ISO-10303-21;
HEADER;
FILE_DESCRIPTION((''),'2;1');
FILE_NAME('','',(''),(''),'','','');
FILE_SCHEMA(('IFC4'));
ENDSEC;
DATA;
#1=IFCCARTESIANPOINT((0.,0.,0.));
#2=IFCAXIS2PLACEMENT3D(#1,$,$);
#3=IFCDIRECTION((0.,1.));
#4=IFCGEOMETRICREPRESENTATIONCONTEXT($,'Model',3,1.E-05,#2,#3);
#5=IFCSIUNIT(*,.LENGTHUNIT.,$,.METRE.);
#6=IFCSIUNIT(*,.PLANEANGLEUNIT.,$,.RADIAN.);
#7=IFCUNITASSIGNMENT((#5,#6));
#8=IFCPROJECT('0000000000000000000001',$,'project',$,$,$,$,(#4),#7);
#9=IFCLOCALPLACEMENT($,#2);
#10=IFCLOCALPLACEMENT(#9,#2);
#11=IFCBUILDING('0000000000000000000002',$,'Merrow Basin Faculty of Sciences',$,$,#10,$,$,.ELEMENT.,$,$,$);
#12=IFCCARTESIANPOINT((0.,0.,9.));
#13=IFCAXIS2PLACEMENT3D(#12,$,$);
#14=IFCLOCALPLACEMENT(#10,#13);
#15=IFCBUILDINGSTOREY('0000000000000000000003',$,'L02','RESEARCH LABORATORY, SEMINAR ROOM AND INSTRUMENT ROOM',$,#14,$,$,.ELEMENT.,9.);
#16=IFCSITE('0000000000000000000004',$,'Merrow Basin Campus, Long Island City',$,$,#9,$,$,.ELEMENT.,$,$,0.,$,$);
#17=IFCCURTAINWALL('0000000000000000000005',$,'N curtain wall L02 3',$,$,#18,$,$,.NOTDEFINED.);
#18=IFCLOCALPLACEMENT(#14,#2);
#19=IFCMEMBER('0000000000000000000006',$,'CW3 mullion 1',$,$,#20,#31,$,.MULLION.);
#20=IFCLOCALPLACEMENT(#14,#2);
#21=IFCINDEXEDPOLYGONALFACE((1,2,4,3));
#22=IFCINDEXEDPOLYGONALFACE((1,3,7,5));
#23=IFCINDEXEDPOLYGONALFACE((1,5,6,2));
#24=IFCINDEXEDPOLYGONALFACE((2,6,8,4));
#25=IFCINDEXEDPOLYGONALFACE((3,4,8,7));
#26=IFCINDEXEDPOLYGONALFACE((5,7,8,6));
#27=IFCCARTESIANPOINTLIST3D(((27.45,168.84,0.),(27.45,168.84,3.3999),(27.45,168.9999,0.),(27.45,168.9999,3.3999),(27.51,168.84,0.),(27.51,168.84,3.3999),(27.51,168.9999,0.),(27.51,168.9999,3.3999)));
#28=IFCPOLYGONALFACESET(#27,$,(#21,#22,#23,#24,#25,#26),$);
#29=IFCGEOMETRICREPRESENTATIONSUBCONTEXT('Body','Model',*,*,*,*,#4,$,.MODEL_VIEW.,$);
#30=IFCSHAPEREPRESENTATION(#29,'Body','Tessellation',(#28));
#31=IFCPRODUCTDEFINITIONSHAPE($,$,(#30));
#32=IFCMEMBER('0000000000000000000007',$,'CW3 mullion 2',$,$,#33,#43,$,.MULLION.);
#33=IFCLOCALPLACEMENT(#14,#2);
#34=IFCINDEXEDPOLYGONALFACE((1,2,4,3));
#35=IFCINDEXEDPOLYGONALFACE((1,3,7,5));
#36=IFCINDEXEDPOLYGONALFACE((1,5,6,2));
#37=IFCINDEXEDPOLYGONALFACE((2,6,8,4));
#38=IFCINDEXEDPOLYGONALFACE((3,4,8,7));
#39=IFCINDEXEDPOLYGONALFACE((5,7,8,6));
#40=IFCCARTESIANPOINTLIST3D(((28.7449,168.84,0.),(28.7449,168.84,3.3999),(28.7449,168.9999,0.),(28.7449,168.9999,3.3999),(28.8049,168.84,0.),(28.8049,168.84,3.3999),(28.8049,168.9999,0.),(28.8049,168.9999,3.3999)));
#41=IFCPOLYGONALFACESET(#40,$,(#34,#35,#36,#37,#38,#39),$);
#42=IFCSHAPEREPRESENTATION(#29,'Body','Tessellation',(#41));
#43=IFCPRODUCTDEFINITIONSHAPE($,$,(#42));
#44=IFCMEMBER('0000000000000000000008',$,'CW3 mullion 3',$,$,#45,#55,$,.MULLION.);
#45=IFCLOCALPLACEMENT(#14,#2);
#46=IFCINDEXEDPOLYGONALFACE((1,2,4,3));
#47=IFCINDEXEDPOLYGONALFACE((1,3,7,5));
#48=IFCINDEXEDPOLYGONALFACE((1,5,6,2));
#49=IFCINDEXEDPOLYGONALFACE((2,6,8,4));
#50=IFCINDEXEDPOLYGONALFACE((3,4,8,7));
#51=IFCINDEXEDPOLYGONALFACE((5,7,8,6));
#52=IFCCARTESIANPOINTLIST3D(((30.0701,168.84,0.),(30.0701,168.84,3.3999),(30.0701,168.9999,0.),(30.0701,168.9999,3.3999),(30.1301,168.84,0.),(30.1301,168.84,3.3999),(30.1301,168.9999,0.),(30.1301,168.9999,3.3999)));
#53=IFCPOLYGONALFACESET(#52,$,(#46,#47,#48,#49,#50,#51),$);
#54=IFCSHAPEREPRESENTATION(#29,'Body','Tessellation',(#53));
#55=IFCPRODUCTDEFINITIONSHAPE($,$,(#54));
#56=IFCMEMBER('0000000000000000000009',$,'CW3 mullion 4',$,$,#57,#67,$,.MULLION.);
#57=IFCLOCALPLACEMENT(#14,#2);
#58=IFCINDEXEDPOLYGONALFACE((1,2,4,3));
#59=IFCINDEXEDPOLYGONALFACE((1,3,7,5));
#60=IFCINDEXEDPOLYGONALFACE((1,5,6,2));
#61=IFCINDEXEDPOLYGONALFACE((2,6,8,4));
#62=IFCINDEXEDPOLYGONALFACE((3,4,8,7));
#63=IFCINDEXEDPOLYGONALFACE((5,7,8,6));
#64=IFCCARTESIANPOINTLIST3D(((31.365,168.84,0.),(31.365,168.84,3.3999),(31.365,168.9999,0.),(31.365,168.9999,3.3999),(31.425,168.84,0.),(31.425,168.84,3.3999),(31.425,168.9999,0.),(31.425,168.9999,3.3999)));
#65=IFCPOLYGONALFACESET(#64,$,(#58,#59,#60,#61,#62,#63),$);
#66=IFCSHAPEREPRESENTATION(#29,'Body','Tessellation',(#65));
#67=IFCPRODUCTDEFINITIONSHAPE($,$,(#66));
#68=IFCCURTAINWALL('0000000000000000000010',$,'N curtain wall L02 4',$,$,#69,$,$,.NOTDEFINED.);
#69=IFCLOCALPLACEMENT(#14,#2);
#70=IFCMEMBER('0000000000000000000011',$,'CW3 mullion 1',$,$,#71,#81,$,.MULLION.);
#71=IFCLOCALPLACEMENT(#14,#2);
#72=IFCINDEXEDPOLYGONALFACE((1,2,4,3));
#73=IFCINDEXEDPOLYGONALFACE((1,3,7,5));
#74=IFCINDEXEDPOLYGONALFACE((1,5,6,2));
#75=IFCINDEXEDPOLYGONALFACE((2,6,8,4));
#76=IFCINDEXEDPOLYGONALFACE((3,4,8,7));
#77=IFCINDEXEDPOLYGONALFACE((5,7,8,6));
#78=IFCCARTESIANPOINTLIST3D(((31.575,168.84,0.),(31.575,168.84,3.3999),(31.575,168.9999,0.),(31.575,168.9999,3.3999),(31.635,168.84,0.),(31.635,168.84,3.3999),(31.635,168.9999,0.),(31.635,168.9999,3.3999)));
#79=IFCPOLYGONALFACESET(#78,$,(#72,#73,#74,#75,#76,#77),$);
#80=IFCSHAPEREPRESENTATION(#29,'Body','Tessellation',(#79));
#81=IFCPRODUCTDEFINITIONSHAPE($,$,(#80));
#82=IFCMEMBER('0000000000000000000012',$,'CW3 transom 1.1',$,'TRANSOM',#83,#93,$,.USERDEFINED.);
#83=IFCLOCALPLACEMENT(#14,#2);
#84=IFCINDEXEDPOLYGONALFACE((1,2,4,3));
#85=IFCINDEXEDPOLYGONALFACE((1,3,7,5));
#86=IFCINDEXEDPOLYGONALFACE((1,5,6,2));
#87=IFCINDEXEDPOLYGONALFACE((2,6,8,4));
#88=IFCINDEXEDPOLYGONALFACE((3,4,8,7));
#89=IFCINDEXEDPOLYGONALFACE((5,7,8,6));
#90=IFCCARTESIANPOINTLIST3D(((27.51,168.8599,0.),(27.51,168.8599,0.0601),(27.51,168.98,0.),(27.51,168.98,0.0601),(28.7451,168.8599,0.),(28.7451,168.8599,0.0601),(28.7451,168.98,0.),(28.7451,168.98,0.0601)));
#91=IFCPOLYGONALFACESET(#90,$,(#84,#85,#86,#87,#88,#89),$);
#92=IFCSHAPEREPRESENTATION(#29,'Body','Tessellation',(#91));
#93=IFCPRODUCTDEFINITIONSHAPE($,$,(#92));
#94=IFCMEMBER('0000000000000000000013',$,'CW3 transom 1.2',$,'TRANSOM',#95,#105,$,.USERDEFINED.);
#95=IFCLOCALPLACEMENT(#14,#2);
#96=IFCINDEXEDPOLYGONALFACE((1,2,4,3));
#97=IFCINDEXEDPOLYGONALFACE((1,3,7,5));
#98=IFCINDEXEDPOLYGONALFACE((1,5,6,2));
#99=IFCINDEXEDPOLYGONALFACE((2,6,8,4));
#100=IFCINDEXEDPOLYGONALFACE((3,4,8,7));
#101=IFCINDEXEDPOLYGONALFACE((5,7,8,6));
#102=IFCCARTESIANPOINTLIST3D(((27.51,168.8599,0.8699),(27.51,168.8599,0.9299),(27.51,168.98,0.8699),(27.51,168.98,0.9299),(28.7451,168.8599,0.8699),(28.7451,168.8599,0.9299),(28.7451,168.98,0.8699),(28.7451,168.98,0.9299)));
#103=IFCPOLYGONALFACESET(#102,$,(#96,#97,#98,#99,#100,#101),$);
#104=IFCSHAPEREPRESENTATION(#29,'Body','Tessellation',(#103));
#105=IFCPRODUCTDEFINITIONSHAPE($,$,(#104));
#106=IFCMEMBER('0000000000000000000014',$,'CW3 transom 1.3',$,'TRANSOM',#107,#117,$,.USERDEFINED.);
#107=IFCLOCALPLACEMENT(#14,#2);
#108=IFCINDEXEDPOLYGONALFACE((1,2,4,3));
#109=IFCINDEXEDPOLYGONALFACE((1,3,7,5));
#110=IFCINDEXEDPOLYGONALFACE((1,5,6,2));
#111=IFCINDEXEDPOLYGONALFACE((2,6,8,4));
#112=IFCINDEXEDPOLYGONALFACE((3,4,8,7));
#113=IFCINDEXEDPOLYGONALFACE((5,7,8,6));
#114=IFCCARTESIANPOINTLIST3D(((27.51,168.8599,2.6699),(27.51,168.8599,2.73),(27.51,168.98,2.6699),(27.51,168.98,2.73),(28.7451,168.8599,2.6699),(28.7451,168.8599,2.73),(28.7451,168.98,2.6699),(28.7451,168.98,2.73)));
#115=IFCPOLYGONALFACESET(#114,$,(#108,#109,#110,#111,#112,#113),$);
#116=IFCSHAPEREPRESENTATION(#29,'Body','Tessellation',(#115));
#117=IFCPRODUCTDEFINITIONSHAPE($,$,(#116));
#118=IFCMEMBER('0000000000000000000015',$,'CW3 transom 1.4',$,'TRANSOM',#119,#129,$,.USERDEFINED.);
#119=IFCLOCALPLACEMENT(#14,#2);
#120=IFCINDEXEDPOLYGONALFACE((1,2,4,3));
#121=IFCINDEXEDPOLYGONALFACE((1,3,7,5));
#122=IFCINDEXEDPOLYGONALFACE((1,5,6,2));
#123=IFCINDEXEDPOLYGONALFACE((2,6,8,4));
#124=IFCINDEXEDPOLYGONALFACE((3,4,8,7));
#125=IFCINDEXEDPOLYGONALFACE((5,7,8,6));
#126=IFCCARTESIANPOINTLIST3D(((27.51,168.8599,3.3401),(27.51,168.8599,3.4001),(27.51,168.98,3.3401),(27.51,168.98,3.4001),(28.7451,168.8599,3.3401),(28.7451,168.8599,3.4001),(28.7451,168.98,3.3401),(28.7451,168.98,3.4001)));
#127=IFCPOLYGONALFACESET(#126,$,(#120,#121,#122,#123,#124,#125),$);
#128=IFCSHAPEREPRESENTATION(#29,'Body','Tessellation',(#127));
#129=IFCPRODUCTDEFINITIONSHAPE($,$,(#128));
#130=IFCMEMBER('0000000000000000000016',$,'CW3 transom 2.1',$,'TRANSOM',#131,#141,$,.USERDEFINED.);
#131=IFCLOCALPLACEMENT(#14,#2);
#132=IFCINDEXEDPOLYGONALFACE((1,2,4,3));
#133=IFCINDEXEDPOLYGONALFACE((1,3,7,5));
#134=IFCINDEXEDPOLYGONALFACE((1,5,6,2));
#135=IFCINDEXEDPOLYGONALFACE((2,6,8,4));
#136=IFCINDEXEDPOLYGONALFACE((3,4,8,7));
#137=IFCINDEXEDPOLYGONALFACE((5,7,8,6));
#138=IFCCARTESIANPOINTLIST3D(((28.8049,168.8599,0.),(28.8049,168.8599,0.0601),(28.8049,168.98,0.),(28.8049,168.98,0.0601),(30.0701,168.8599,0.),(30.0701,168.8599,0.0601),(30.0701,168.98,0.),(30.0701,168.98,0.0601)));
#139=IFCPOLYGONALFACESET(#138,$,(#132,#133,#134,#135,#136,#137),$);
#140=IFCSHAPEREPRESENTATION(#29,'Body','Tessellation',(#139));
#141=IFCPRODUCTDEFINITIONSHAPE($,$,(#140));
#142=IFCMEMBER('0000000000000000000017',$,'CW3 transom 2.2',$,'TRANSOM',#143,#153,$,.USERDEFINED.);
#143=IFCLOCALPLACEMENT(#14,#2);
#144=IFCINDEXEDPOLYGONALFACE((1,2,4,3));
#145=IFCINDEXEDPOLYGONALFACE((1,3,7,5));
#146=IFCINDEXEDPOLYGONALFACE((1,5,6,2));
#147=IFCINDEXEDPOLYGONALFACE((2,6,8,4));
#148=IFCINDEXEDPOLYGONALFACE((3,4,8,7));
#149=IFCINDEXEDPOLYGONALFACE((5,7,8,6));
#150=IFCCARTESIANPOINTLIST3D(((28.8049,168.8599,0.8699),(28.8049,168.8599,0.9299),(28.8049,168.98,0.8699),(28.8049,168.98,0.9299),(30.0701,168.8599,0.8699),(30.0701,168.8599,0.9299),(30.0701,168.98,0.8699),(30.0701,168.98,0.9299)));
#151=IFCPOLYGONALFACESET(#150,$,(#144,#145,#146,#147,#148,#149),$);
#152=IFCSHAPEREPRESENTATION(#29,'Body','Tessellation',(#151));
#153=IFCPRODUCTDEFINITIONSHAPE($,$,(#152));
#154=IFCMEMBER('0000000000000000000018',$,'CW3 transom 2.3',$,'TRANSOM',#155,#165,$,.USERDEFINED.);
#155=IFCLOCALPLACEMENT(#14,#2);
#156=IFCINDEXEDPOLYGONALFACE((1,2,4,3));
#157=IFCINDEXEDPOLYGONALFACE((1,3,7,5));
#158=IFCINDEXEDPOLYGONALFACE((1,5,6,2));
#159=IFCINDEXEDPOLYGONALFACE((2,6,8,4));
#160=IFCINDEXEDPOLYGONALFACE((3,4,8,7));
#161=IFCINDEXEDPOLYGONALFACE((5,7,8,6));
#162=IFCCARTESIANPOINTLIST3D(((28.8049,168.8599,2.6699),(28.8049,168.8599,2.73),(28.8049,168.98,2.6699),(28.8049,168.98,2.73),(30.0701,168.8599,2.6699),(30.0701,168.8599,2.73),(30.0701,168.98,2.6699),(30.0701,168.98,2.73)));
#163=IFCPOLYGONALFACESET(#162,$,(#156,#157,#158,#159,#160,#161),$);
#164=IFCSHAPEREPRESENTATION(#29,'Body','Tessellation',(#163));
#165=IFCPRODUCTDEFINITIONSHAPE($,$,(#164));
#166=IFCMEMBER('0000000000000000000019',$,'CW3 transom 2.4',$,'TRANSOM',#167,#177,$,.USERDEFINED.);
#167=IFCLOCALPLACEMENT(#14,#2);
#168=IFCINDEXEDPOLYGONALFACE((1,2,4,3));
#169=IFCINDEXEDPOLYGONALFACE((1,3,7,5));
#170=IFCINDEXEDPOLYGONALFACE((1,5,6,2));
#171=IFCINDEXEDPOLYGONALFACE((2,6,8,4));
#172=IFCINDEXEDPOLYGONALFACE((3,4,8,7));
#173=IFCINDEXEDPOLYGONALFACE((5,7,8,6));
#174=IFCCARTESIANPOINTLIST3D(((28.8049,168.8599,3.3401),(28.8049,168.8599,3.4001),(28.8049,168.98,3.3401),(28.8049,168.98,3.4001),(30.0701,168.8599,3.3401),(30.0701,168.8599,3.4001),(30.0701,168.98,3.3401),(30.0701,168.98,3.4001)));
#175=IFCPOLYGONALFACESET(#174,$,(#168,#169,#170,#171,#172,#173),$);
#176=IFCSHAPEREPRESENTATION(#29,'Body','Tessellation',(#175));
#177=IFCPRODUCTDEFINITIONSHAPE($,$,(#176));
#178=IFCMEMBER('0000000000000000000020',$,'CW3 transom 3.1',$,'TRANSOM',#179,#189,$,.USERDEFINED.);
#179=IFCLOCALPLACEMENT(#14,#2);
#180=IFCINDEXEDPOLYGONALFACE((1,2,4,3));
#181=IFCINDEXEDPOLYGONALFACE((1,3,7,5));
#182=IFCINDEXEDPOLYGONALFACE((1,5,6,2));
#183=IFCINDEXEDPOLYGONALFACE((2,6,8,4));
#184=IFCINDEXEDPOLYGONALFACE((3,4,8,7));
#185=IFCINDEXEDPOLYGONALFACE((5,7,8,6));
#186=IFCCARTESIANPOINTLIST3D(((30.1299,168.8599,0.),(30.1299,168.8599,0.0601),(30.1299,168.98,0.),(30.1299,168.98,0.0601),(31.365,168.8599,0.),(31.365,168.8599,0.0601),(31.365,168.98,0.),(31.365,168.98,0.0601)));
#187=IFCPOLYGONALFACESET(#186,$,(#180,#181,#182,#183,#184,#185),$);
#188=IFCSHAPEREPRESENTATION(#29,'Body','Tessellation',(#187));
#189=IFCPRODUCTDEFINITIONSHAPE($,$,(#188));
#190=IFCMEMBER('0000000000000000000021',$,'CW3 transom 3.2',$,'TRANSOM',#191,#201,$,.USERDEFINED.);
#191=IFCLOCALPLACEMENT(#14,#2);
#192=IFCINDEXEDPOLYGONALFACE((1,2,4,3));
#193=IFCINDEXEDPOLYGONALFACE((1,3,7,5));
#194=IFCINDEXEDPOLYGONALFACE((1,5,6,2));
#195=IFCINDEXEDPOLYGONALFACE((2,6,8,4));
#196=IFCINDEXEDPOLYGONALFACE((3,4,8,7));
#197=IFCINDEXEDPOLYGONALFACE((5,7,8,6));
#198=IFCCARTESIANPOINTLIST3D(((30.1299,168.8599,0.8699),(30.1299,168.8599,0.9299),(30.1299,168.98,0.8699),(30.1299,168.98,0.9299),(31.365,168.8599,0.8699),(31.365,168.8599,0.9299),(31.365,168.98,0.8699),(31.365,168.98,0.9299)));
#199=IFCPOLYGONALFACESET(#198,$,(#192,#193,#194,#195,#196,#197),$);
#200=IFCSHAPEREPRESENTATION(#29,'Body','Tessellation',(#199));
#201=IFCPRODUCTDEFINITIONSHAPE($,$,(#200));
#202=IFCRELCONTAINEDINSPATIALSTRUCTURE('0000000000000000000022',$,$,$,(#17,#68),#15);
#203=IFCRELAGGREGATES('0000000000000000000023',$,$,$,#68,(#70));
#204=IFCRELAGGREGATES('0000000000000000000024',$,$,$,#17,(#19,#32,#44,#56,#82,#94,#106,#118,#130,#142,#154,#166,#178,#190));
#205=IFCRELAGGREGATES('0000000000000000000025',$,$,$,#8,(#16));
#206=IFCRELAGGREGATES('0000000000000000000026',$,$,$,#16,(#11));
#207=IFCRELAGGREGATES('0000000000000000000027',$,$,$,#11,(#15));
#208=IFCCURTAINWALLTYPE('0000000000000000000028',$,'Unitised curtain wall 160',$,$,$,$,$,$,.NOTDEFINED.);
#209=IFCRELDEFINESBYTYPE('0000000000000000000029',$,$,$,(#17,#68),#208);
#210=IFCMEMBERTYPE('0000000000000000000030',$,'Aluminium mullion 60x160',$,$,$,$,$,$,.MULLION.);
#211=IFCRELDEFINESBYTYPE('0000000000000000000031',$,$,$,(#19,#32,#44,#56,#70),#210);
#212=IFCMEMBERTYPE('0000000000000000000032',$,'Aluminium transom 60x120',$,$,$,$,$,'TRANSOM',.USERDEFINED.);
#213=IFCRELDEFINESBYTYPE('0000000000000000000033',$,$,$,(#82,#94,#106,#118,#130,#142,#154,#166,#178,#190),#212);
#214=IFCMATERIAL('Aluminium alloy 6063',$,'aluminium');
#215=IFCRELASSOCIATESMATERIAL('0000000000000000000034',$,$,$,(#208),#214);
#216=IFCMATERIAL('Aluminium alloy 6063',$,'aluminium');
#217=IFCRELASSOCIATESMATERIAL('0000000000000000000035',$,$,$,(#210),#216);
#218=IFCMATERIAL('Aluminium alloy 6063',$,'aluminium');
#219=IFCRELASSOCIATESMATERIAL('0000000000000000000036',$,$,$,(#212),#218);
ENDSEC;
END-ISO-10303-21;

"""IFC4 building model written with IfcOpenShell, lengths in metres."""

from ifc_helpers import new_model, si_unit, direction, frame, origin, origin_2d, place, context, subcontext, project, spatial, rectangle, extrude, material, material_profile, profile_set, type_object, element, aggregate, save


model = new_model("IFC4")

# Units and contexts
model_context = context("Model", 3, precision=1e-05, world=origin(), true_north=direction((0.0, 1.0)))
body_context = subcontext(model_context, "Body", "Model", "MODEL_VIEW")
ifc_project = project(units=[si_unit("LENGTHUNIT", "METRE"), si_unit("PLANEANGLEUNIT", "RADIAN")], contexts=[model_context])

# Site, building, storey
site_placement = place(None, origin())
site = spatial("IfcSite", under=ifc_project, at=site_placement, Name="Merrow Basin Campus, Long Island City", CompositionType="ELEMENT", RefElevation=0.0)
building_placement = place(site_placement, origin())
building = spatial("IfcBuilding", under=site, at=building_placement, Name="Merrow Basin Faculty of Sciences", CompositionType="ELEMENT")
storey_placement = place(building_placement, frame((0.0, 0.0, 9.0)))
storey = spatial("IfcBuildingStorey", under=building, at=storey_placement, Name="L02", Description="RESEARCH LABORATORY, SEMINAR ROOM AND INSTRUMENT ROOM", CompositionType="ELEMENT", Elevation=9.0)

# Curtain wall, members
ifc_material_1 = material(Name="Aluminium alloy 6063", Category="aluminium")
curtain_wall_type = type_object("IfcCurtainWallType", Name="Unitised curtain wall 160", PredefinedType="NOTDEFINED", material=ifc_material_1)
curtain_wall_1_placement = place(storey_placement, origin())
curtain_wall_1 = element("IfcCurtainWall", 1, at=curtain_wall_1_placement, inside=storey, type_object=curtain_wall_type, Name="N curtain wall L02 3", PredefinedType="NOTDEFINED")
ifc_material_2 = material(Name="Aluminium alloy 6063", Category="aluminium")
ifc_material_profile_1 = material_profile(ifc_material_2, rectangle(XDim=0.1599, YDim=0.0601, at=origin_2d()))
ifc_profile_set_1 = profile_set([ifc_material_profile_1], Name="Aluminium alloy 6063")
member_type_1 = type_object("IfcMemberType", Name="Aluminium mullion 60x160", PredefinedType="MULLION", material=ifc_profile_set_1)
member_1_placement = place(storey_placement, frame((27.48, 168.9199, 0.0), z_axis=(0.0, 0.0, 1.0), x_axis=(0.0, 1.0, 0.0)))
member_1 = element("IfcMember", 2, at=member_1_placement, type_object=member_type_1, Name="CW3 mullion 1", PredefinedType="MULLION", context=body_context, shape_type="SweptSolid", body=[
    extrude(rectangle(XDim=0.1599, YDim=0.0601, at=origin_2d()), origin(), (0.0, 0.0, 1.0), 3.3999),
])
member_2_placement = place(storey_placement, frame((28.7749, 168.9199, 0.0), z_axis=(0.0, 0.0, 1.0), x_axis=(0.0, 1.0, 0.0)))
member_2 = element("IfcMember", 3, at=member_2_placement, type_object=member_type_1, Name="CW3 mullion 2", PredefinedType="MULLION", context=body_context, shape_type="SweptSolid", body=[
    extrude(rectangle(XDim=0.1599, YDim=0.0601, at=origin_2d()), origin(), (0.0, 0.0, 1.0), 3.3999),
])
member_3_placement = place(storey_placement, frame((30.1001, 168.9199, 0.0), z_axis=(0.0, 0.0, 1.0), x_axis=(0.0, 1.0, 0.0)))
member_3 = element("IfcMember", 4, at=member_3_placement, type_object=member_type_1, Name="CW3 mullion 3", PredefinedType="MULLION", context=body_context, shape_type="SweptSolid", body=[
    extrude(rectangle(XDim=0.1599, YDim=0.0601, at=origin_2d()), origin(), (0.0, 0.0, 1.0), 3.3999),
])
member_4_placement = place(storey_placement, frame((31.395, 168.9199, 0.0), z_axis=(0.0, 0.0, 1.0), x_axis=(0.0, 1.0, 0.0)))
member_4 = element("IfcMember", 5, at=member_4_placement, type_object=member_type_1, Name="CW3 mullion 4", PredefinedType="MULLION", context=body_context, shape_type="SweptSolid", body=[
    extrude(rectangle(XDim=0.1599, YDim=0.0601, at=origin_2d()), origin(), (0.0, 0.0, 1.0), 3.3999),
])

# Curtain wall, member
curtain_wall_2_placement = place(storey_placement, origin())
curtain_wall_2 = element("IfcCurtainWall", 6, at=curtain_wall_2_placement, inside=storey, type_object=curtain_wall_type, Name="N curtain wall L02 4", PredefinedType="NOTDEFINED")
member_5_placement = place(storey_placement, frame((31.605, 168.9199, 0.0), z_axis=(0.0, 0.0, 1.0), x_axis=(0.0, 1.0, 0.0)))
member_5 = element("IfcMember", 7, at=member_5_placement, type_object=member_type_1, Name="CW3 mullion 1", PredefinedType="MULLION", context=body_context, shape_type="SweptSolid", body=[
    extrude(rectangle(XDim=0.1599, YDim=0.0601, at=origin_2d()), origin(), (0.0, 0.0, 1.0), 3.3999),
])
aggregate(curtain_wall_2, [member_5])

# Members
ifc_material_3 = material(Name="Aluminium alloy 6063", Category="aluminium")
ifc_material_profile_2 = material_profile(ifc_material_3, rectangle(XDim=0.1201, YDim=0.0601, at=origin_2d()))
ifc_profile_set_2 = profile_set([ifc_material_profile_2], Name="Aluminium alloy 6063")
member_type_2 = type_object("IfcMemberType", Name="Aluminium transom 60x120", ElementType="TRANSOM", PredefinedType="USERDEFINED", material=ifc_profile_set_2)
member_6_placement = place(storey_placement, frame((27.51, 168.9199, 0.03), z_axis=(1.0, 0.0, 0.0), x_axis=(0.0, 1.0, 0.0)))
member_6 = element("IfcMember", 8, at=member_6_placement, type_object=member_type_2, Name="CW3 transom 1.1", ObjectType="TRANSOM", PredefinedType="USERDEFINED", context=body_context, shape_type="SweptSolid", body=[
    extrude(rectangle(XDim=0.1201, YDim=0.0601, at=origin_2d()), origin(), (0.0, 0.0, 1.0), 1.2351),
])
member_7_placement = place(storey_placement, frame((27.51, 168.9199, 0.8999), z_axis=(1.0, 0.0, 0.0), x_axis=(0.0, 1.0, 0.0)))
member_7 = element("IfcMember", 9, at=member_7_placement, type_object=member_type_2, Name="CW3 transom 1.2", ObjectType="TRANSOM", PredefinedType="USERDEFINED", context=body_context, shape_type="SweptSolid", body=[
    extrude(rectangle(XDim=0.1201, YDim=0.0601, at=origin_2d()), origin(), (0.0, 0.0, 1.0), 1.2351),
])
member_8_placement = place(storey_placement, frame((27.51, 168.9199, 2.7), z_axis=(1.0, 0.0, 0.0), x_axis=(0.0, 1.0, 0.0)))
member_8 = element("IfcMember", 10, at=member_8_placement, type_object=member_type_2, Name="CW3 transom 1.3", ObjectType="TRANSOM", PredefinedType="USERDEFINED", context=body_context, shape_type="SweptSolid", body=[
    extrude(rectangle(XDim=0.1201, YDim=0.0601, at=origin_2d()), origin(), (0.0, 0.0, 1.0), 1.2351),
])
member_9_placement = place(storey_placement, frame((27.51, 168.9199, 3.3701), z_axis=(1.0, 0.0, 0.0), x_axis=(0.0, 1.0, 0.0)))
member_9 = element("IfcMember", 11, at=member_9_placement, type_object=member_type_2, Name="CW3 transom 1.4", ObjectType="TRANSOM", PredefinedType="USERDEFINED", context=body_context, shape_type="SweptSolid", body=[
    extrude(rectangle(XDim=0.1201, YDim=0.0601, at=origin_2d()), origin(), (0.0, 0.0, 1.0), 1.2351),
])
member_10_placement = place(storey_placement, frame((28.8049, 168.9199, 0.03), z_axis=(1.0, 0.0, 0.0), x_axis=(0.0, 1.0, 0.0)))
member_10 = element("IfcMember", 12, at=member_10_placement, type_object=member_type_2, Name="CW3 transom 2.1", ObjectType="TRANSOM", PredefinedType="USERDEFINED", context=body_context, shape_type="SweptSolid", body=[
    extrude(rectangle(XDim=0.1201, YDim=0.0601, at=origin_2d()), origin(), (0.0, 0.0, 1.0), 1.2651),
])
member_11_placement = place(storey_placement, frame((28.8049, 168.9199, 0.8999), z_axis=(1.0, 0.0, 0.0), x_axis=(0.0, 1.0, 0.0)))
member_11 = element("IfcMember", 13, at=member_11_placement, type_object=member_type_2, Name="CW3 transom 2.2", ObjectType="TRANSOM", PredefinedType="USERDEFINED", context=body_context, shape_type="SweptSolid", body=[
    extrude(rectangle(XDim=0.1201, YDim=0.0601, at=origin_2d()), origin(), (0.0, 0.0, 1.0), 1.2651),
])
member_12_placement = place(storey_placement, frame((28.8049, 168.9199, 2.7), z_axis=(1.0, 0.0, 0.0), x_axis=(0.0, 1.0, 0.0)))
member_12 = element("IfcMember", 14, at=member_12_placement, type_object=member_type_2, Name="CW3 transom 2.3", ObjectType="TRANSOM", PredefinedType="USERDEFINED", context=body_context, shape_type="SweptSolid", body=[
    extrude(rectangle(XDim=0.1201, YDim=0.0601, at=origin_2d()), origin(), (0.0, 0.0, 1.0), 1.2651),
])
member_13_placement = place(storey_placement, frame((28.8049, 168.9199, 3.3701), z_axis=(1.0, 0.0, 0.0), x_axis=(0.0, 1.0, 0.0)))
member_13 = element("IfcMember", 15, at=member_13_placement, type_object=member_type_2, Name="CW3 transom 2.4", ObjectType="TRANSOM", PredefinedType="USERDEFINED", context=body_context, shape_type="SweptSolid", body=[
    extrude(rectangle(XDim=0.1201, YDim=0.0601, at=origin_2d()), origin(), (0.0, 0.0, 1.0), 1.2651),
])
member_14_placement = place(storey_placement, frame((30.1299, 168.9199, 0.03), z_axis=(1.0, 0.0, 0.0), x_axis=(0.0, 1.0, 0.0)))
member_14 = element("IfcMember", 16, at=member_14_placement, type_object=member_type_2, Name="CW3 transom 3.1", ObjectType="TRANSOM", PredefinedType="USERDEFINED", context=body_context, shape_type="SweptSolid", body=[
    extrude(rectangle(XDim=0.1201, YDim=0.0601, at=origin_2d()), origin(), (0.0, 0.0, 1.0), 1.2351),
])
member_15_placement = place(storey_placement, frame((30.1299, 168.9199, 0.8999), z_axis=(1.0, 0.0, 0.0), x_axis=(0.0, 1.0, 0.0)))
member_15 = element("IfcMember", 17, at=member_15_placement, type_object=member_type_2, Name="CW3 transom 3.2", ObjectType="TRANSOM", PredefinedType="USERDEFINED", context=body_context, shape_type="SweptSolid", body=[
    extrude(rectangle(XDim=0.1201, YDim=0.0601, at=origin_2d()), origin(), (0.0, 0.0, 1.0), 1.2351),
])

aggregate(curtain_wall_1, [member_1, member_2, member_3, member_4, member_6, member_7, member_8, member_9, member_10, member_11, member_12, member_13, member_14, member_15])

save(model, "model.ifc")
